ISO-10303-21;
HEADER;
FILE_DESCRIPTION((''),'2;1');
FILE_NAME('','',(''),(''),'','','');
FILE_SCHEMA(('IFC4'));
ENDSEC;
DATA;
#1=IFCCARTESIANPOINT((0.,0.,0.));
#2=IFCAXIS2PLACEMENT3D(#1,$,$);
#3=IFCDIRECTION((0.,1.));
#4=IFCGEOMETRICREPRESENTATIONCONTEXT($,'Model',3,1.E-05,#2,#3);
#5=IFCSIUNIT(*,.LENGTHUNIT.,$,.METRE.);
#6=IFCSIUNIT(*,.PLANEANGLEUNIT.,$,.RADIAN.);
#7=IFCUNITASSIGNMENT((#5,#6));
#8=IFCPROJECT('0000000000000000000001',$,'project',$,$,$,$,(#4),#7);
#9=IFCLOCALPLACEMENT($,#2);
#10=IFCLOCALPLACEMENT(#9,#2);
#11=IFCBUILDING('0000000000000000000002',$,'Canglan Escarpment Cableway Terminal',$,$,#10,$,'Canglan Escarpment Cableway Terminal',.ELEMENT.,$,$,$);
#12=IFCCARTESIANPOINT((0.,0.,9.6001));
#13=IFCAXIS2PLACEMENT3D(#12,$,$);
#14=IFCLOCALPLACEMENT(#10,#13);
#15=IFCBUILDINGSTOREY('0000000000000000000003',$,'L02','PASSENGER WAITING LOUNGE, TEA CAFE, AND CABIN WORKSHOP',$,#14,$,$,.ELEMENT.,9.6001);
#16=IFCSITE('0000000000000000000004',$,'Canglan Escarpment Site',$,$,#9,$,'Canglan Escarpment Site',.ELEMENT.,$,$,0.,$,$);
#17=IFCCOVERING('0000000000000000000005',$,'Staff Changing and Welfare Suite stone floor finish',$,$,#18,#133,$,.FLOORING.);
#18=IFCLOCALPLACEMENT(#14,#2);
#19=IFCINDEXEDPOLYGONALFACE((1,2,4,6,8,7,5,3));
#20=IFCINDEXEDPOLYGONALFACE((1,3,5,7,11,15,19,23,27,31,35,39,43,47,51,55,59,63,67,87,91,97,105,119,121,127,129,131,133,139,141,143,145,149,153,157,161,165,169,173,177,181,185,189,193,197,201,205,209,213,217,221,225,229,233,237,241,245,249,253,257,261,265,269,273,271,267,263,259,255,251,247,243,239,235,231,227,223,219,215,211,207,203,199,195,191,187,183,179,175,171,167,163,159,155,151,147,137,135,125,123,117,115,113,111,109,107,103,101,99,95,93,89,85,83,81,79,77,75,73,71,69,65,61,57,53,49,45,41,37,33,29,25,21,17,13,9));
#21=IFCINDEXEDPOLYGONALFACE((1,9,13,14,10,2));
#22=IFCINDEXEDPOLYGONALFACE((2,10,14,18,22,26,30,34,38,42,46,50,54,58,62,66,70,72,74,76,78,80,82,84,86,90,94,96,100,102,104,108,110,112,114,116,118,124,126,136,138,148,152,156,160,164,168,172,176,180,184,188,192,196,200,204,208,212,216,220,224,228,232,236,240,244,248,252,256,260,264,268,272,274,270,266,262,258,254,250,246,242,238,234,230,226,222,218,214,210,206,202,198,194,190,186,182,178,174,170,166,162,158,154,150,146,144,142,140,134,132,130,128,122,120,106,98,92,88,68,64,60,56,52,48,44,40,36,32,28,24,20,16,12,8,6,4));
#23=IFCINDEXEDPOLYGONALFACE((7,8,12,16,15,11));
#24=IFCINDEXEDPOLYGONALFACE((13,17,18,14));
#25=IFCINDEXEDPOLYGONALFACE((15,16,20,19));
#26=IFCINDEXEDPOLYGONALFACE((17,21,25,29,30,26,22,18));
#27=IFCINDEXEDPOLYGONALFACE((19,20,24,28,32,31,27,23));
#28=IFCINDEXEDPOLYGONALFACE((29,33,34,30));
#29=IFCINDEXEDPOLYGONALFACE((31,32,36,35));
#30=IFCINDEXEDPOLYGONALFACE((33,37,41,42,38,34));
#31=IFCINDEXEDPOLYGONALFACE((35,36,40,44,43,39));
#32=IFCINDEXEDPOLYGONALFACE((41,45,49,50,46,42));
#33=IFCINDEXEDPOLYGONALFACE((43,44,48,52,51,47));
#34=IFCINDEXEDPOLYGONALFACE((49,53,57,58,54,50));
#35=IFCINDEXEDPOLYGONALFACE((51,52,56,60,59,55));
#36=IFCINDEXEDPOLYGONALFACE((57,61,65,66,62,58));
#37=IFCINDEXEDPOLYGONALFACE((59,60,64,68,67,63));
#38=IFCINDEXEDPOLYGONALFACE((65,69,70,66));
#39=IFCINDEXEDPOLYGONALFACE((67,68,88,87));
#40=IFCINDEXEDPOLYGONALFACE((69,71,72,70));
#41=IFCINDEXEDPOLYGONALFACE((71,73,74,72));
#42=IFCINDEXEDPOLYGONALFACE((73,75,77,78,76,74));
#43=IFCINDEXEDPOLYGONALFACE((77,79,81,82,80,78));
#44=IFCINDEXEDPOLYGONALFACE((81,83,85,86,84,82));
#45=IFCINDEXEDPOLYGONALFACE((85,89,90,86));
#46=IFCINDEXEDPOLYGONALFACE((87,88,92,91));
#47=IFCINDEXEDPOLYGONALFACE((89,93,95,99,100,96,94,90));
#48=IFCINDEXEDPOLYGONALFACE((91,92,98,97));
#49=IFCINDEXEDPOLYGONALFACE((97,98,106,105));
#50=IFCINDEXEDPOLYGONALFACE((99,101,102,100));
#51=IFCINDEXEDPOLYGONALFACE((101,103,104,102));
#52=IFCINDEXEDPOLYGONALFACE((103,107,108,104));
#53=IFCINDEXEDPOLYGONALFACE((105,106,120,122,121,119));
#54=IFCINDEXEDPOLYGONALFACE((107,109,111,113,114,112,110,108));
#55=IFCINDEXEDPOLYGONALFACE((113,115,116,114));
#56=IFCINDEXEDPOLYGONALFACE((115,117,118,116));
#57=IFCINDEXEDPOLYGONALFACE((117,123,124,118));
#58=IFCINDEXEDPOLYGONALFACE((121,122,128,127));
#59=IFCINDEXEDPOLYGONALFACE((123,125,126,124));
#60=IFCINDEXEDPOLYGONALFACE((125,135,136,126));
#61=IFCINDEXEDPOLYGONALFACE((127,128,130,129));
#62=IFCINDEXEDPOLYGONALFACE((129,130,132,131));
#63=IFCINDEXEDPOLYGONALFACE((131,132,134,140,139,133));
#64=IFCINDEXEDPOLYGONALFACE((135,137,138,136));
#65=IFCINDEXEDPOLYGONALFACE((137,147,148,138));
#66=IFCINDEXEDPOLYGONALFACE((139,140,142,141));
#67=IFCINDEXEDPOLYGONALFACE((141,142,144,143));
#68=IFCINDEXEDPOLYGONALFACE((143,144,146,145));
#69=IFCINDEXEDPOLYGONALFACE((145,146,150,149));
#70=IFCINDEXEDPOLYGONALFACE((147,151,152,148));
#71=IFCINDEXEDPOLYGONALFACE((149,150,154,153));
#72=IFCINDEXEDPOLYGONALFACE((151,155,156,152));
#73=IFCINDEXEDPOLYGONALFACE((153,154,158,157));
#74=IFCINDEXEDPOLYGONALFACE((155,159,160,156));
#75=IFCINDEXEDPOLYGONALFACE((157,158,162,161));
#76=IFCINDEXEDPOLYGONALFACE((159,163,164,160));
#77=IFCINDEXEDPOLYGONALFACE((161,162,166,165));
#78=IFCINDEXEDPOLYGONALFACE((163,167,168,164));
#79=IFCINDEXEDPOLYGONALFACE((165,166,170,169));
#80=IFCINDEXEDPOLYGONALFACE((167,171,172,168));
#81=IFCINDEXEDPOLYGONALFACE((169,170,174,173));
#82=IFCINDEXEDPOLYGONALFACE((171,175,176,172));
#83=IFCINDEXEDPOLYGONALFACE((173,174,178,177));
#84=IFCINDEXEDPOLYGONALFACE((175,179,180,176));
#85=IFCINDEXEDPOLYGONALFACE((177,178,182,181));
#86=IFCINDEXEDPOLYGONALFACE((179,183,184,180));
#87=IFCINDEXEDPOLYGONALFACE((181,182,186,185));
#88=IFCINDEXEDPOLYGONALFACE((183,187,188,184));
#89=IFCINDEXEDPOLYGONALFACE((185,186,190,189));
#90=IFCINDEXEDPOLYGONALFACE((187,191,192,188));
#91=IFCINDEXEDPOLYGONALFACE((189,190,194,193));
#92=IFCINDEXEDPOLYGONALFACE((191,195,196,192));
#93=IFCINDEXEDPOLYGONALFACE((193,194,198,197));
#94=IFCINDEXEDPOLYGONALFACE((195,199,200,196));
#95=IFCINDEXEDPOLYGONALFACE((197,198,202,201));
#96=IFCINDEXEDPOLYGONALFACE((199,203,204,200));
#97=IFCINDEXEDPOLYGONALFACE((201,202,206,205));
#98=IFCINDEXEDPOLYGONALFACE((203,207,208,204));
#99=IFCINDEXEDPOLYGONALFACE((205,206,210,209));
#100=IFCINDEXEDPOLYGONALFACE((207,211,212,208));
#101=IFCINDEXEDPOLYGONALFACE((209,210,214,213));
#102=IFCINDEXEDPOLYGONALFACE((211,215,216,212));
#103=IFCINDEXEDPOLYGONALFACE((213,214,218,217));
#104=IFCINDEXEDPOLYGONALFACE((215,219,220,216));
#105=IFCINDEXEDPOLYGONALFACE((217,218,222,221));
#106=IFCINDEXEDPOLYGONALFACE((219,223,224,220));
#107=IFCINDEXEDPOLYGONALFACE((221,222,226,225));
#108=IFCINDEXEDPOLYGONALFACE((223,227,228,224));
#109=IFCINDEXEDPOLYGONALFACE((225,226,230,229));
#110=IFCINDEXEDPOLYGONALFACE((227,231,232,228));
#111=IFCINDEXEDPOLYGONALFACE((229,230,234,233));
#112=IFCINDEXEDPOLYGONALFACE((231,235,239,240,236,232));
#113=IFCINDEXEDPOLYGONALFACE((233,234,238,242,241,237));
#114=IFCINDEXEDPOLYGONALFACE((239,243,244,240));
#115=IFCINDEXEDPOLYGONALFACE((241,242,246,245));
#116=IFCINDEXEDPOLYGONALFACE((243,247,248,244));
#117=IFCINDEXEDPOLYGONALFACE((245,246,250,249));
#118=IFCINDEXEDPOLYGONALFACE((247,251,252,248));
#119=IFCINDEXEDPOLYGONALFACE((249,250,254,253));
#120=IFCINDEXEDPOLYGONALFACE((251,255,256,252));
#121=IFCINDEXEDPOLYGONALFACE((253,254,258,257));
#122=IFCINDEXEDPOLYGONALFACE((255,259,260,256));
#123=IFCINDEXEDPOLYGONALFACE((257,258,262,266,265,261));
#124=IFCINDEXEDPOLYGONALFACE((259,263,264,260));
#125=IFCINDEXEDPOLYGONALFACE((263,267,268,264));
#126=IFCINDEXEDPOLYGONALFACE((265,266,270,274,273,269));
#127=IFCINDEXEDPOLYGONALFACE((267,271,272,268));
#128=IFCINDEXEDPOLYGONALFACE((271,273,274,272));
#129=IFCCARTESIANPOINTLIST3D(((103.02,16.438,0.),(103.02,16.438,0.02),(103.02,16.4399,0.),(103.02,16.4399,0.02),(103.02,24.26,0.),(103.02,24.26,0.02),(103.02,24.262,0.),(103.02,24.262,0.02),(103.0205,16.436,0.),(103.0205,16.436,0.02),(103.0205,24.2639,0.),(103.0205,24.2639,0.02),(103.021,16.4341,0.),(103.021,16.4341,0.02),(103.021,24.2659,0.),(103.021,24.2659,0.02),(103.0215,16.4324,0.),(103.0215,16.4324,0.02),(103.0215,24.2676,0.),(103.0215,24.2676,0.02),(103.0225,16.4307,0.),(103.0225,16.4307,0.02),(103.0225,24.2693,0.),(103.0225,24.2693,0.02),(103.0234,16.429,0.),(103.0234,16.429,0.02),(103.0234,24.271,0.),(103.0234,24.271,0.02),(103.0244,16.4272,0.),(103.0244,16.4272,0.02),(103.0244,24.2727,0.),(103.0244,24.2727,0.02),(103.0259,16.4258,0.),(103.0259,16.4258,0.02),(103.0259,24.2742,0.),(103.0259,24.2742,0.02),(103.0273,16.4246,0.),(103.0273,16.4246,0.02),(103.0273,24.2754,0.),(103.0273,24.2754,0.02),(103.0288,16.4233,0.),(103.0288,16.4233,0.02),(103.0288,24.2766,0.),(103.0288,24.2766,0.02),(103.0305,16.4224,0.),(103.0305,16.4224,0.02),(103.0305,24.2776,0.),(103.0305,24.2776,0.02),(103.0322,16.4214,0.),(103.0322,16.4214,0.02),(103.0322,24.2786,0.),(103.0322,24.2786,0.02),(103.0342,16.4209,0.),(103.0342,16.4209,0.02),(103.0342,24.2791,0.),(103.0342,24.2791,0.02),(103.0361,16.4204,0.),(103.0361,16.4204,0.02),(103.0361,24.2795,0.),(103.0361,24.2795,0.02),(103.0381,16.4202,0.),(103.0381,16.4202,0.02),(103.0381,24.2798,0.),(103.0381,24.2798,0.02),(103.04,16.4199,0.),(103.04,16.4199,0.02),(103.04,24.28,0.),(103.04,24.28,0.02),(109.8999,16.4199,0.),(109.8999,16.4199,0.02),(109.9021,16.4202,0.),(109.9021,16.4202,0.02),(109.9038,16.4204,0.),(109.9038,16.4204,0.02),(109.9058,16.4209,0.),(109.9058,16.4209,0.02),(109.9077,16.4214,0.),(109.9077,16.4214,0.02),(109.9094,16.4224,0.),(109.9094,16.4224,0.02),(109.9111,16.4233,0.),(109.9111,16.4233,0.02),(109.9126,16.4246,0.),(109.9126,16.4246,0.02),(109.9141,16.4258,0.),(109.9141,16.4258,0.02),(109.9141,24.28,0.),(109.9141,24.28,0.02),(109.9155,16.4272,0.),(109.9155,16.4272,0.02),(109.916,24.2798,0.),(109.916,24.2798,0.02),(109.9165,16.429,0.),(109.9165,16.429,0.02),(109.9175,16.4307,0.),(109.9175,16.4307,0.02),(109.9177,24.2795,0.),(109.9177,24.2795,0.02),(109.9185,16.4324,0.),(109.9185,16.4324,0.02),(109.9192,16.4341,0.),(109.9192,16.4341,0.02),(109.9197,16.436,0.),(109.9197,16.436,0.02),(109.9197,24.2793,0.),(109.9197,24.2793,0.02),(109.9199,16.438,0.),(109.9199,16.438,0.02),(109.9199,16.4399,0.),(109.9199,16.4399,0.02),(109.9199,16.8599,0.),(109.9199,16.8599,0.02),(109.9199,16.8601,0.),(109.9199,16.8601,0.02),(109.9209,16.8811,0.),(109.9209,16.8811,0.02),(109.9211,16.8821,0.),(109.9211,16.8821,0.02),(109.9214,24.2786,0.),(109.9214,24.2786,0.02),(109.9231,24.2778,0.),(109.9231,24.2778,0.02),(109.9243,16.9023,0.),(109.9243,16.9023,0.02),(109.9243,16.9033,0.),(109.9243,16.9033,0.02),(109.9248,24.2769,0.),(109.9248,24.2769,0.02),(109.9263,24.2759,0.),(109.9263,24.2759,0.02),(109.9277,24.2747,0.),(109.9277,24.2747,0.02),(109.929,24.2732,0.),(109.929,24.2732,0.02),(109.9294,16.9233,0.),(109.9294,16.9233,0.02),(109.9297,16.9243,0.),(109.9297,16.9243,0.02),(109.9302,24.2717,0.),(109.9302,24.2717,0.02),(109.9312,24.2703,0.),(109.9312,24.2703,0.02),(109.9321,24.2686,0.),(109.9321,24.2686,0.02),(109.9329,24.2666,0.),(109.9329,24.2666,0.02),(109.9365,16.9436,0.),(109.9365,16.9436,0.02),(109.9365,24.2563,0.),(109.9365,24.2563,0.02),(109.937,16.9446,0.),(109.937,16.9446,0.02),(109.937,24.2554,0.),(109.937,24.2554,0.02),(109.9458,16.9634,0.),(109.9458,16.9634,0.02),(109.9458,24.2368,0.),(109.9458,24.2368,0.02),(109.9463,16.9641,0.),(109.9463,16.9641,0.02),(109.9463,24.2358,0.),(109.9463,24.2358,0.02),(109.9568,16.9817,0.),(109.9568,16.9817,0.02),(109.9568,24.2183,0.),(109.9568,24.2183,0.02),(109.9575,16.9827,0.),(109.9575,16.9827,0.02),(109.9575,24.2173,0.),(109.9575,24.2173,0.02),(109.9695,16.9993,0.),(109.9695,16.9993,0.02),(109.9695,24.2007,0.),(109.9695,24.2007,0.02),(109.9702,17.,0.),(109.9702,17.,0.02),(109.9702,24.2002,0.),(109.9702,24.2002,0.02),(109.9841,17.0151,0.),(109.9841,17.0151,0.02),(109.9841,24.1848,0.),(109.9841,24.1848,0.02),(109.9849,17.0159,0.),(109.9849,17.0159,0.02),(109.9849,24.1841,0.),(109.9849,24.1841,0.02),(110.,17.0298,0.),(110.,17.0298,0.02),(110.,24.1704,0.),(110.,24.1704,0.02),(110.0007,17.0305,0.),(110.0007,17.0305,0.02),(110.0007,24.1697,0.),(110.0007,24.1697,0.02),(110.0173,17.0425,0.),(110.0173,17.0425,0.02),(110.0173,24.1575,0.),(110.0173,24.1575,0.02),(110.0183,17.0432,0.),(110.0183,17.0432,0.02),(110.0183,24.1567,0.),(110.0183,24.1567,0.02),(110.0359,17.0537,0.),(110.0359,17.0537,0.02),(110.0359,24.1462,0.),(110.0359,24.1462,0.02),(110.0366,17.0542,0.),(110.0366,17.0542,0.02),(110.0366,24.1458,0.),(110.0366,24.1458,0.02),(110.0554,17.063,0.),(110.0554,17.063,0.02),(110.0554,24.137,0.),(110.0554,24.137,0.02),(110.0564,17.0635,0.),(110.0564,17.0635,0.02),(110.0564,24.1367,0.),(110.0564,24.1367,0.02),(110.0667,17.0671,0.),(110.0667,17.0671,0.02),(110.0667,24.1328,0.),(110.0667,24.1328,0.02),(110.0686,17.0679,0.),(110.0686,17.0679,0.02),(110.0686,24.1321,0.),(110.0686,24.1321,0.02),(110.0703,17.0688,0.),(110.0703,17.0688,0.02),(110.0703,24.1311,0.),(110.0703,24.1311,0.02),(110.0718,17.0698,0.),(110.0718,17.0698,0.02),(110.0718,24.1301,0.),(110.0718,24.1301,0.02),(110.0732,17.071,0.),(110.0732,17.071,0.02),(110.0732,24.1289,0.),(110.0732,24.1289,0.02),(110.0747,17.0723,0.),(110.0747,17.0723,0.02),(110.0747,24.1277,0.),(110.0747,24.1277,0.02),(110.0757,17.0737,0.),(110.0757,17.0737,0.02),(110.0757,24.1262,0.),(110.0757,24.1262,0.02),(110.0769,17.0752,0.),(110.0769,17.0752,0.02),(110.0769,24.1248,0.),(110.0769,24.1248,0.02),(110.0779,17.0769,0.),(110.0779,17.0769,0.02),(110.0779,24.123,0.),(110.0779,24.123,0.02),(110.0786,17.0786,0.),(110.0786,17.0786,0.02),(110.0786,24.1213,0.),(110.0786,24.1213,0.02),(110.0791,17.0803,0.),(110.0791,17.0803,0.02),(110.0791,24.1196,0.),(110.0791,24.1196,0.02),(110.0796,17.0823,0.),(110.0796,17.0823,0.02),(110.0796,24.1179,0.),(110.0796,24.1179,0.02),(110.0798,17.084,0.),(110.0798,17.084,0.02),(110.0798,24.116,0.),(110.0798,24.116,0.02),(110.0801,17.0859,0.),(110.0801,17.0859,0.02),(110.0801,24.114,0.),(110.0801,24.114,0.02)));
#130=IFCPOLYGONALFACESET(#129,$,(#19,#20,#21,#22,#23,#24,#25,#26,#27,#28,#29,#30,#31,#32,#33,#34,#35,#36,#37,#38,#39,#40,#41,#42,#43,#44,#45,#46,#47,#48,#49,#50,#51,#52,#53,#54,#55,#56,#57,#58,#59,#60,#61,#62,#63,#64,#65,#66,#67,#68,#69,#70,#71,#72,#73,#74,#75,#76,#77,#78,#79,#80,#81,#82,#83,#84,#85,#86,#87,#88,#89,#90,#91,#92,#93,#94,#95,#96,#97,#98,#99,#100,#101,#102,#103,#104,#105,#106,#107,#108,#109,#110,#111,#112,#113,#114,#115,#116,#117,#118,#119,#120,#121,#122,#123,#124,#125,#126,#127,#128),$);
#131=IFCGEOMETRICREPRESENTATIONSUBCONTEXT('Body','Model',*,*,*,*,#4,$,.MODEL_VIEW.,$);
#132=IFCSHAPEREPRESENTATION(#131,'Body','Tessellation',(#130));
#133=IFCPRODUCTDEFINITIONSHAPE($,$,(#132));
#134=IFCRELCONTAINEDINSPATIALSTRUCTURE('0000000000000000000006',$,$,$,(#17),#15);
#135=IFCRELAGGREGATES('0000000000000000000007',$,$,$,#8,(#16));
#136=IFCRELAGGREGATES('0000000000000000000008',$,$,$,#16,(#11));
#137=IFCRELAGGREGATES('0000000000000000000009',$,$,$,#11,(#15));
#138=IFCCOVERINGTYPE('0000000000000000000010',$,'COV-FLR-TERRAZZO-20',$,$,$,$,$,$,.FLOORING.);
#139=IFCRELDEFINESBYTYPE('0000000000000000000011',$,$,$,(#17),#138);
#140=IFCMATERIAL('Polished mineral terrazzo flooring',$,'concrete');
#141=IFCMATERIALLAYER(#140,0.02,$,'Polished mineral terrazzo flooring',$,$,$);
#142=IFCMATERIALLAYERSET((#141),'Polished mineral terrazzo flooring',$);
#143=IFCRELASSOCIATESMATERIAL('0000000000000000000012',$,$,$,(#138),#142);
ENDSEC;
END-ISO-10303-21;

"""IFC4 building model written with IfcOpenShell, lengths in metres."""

from ifc_helpers import new_model, si_unit, direction, frame, origin, place, context, subcontext, project, spatial, polyline, outline, extrude, material, layer, layer_set, type_object, element, save


model = new_model("IFC4")

# Units and contexts
model_context = context("Model", 3, precision=1e-05, world=origin(), true_north=direction((0.0, 1.0)))
body_context = subcontext(model_context, "Body", "Model", "MODEL_VIEW")
ifc_project = project(units=[si_unit("LENGTHUNIT", "METRE"), si_unit("PLANEANGLEUNIT", "RADIAN")], contexts=[model_context])

# Site, building, storey
site_placement = place(None, origin())
site = spatial("IfcSite", under=ifc_project, at=site_placement, Name="Canglan Escarpment Site", LongName="Canglan Escarpment Site", CompositionType="ELEMENT", RefElevation=0.0)
building_placement = place(site_placement, origin())
building = spatial("IfcBuilding", under=site, at=building_placement, Name="Canglan Escarpment Cableway Terminal", LongName="Canglan Escarpment Cableway Terminal", CompositionType="ELEMENT")
storey_placement = place(building_placement, frame((0.0, 0.0, 9.6001)))
storey = spatial("IfcBuildingStorey", under=building, at=storey_placement, Name="L02", Description="PASSENGER WAITING LOUNGE, TEA CAFE, AND CABIN WORKSHOP", CompositionType="ELEMENT", Elevation=9.6001)

# Covering
ifc_material_1 = material(Name="Polished mineral terrazzo flooring", Category="concrete")
ifc_layer_1 = layer(ifc_material_1, 0.02, Name="Polished mineral terrazzo flooring")
ifc_layer_set_1 = layer_set([ifc_layer_1], Name="Polished mineral terrazzo flooring")
covering_type_1 = type_object("IfcCoveringType", Name="COV-FLR-TERRAZZO-20", PredefinedType="FLOORING", material=ifc_layer_set_1)
covering_1_placement = place(storey_placement, origin())
element("IfcCovering", 1, at=covering_1_placement, inside=storey, type_object=covering_type_1, Name="Staff Changing and Welfare Suite stone floor finish", PredefinedType="FLOORING", context=body_context, shape_type="SweptSolid", body=[
    extrude(outline(polyline([(109.9141, 24.28), (109.916, 24.2798), (109.9177, 24.2795), (109.9197, 24.2793), (109.9214, 24.2786), (109.9231, 24.2778), (109.9248, 24.2769), (109.9263, 24.2759), (109.9277, 24.2747), (109.929, 24.2732), (109.9302, 24.2717), (109.9312, 24.2703), (109.9321, 24.2686), (109.9329, 24.2666), (109.9365, 24.2563), (109.937, 24.2554), (109.9458, 24.2368), (109.9463, 24.2358), (109.9568, 24.2183), (109.9575, 24.2173), (109.9695, 24.2007), (109.9702, 24.2002), (109.9841, 24.1848), (109.9849, 24.1841), (110.0, 24.1704), (110.0007, 24.1697), (110.0173, 24.1575), (110.0183, 24.1567), (110.0359, 24.1462), (110.0366, 24.1458), (110.0554, 24.137), (110.0564, 24.1367), (110.0667, 24.1328), (110.0686, 24.1321), (110.0703, 24.1311), (110.0718, 24.1301), (110.0732, 24.1289), (110.0747, 24.1277), (110.0757, 24.1262), (110.0769, 24.1248), (110.0779, 24.123), (110.0786, 24.1213), (110.0791, 24.1196), (110.0796, 24.1179), (110.0798, 24.116), (110.0801, 24.114), (110.0801, 17.0859), (110.0798, 17.084), (110.0796, 17.0823), (110.0791, 17.0803), (110.0786, 17.0786), (110.0779, 17.0769), (110.0769, 17.0752), (110.0757, 17.0737), (110.0747, 17.0723), (110.0732, 17.071), (110.0718, 17.0698), (110.0703, 17.0688), (110.0686, 17.0679), (110.0667, 17.0671), (110.0564, 17.0635), (110.0554, 17.063), (110.0366, 17.0542), (110.0359, 17.0537), (110.0183, 17.0432), (110.0173, 17.0425), (110.0007, 17.0305), (110.0, 17.0298), (109.9849, 17.0159), (109.9841, 17.0151), (109.9702, 17.0), (109.9695, 16.9993), (109.9575, 16.9827), (109.9568, 16.9817), (109.9463, 16.9641), (109.9458, 16.9634), (109.937, 16.9446), (109.9365, 16.9436), (109.9297, 16.9243), (109.9294, 16.9233), (109.9243, 16.9033), (109.9243, 16.9023), (109.9211, 16.8821), (109.9209, 16.8811), (109.9199, 16.8601), (109.9199, 16.8599), (109.9199, 16.4399), (109.9199, 16.438), (109.9197, 16.436), (109.9192, 16.4341), (109.9185, 16.4324), (109.9175, 16.4307), (109.9165, 16.429), (109.9155, 16.4272), (109.9141, 16.4258), (109.9126, 16.4246), (109.9111, 16.4233), (109.9094, 16.4224), (109.9077, 16.4214), (109.9058, 16.4209), (109.9038, 16.4204), (109.9021, 16.4202), (109.8999, 16.4199), (103.04, 16.4199), (103.0381, 16.4202), (103.0361, 16.4204), (103.0342, 16.4209), (103.0322, 16.4214), (103.0305, 16.4224), (103.0288, 16.4233), (103.0273, 16.4246), (103.0259, 16.4258), (103.0244, 16.4272), (103.0234, 16.429), (103.0225, 16.4307), (103.0215, 16.4324), (103.021, 16.4341), (103.0205, 16.436), (103.02, 16.438), (103.02, 16.4399), (103.02, 24.26), (103.02, 24.262), (103.0205, 24.2639), (103.021, 24.2659), (103.0215, 24.2676), (103.0225, 24.2693), (103.0234, 24.271), (103.0244, 24.2727), (103.0259, 24.2742), (103.0273, 24.2754), (103.0288, 24.2766), (103.0305, 24.2776), (103.0322, 24.2786), (103.0342, 24.2791), (103.0361, 24.2795), (103.0381, 24.2798), (103.04, 24.28), (109.9141, 24.28)])), origin(), (0.0, 0.0, 1.0), 0.02),
])

save(model, "model.ifc")
